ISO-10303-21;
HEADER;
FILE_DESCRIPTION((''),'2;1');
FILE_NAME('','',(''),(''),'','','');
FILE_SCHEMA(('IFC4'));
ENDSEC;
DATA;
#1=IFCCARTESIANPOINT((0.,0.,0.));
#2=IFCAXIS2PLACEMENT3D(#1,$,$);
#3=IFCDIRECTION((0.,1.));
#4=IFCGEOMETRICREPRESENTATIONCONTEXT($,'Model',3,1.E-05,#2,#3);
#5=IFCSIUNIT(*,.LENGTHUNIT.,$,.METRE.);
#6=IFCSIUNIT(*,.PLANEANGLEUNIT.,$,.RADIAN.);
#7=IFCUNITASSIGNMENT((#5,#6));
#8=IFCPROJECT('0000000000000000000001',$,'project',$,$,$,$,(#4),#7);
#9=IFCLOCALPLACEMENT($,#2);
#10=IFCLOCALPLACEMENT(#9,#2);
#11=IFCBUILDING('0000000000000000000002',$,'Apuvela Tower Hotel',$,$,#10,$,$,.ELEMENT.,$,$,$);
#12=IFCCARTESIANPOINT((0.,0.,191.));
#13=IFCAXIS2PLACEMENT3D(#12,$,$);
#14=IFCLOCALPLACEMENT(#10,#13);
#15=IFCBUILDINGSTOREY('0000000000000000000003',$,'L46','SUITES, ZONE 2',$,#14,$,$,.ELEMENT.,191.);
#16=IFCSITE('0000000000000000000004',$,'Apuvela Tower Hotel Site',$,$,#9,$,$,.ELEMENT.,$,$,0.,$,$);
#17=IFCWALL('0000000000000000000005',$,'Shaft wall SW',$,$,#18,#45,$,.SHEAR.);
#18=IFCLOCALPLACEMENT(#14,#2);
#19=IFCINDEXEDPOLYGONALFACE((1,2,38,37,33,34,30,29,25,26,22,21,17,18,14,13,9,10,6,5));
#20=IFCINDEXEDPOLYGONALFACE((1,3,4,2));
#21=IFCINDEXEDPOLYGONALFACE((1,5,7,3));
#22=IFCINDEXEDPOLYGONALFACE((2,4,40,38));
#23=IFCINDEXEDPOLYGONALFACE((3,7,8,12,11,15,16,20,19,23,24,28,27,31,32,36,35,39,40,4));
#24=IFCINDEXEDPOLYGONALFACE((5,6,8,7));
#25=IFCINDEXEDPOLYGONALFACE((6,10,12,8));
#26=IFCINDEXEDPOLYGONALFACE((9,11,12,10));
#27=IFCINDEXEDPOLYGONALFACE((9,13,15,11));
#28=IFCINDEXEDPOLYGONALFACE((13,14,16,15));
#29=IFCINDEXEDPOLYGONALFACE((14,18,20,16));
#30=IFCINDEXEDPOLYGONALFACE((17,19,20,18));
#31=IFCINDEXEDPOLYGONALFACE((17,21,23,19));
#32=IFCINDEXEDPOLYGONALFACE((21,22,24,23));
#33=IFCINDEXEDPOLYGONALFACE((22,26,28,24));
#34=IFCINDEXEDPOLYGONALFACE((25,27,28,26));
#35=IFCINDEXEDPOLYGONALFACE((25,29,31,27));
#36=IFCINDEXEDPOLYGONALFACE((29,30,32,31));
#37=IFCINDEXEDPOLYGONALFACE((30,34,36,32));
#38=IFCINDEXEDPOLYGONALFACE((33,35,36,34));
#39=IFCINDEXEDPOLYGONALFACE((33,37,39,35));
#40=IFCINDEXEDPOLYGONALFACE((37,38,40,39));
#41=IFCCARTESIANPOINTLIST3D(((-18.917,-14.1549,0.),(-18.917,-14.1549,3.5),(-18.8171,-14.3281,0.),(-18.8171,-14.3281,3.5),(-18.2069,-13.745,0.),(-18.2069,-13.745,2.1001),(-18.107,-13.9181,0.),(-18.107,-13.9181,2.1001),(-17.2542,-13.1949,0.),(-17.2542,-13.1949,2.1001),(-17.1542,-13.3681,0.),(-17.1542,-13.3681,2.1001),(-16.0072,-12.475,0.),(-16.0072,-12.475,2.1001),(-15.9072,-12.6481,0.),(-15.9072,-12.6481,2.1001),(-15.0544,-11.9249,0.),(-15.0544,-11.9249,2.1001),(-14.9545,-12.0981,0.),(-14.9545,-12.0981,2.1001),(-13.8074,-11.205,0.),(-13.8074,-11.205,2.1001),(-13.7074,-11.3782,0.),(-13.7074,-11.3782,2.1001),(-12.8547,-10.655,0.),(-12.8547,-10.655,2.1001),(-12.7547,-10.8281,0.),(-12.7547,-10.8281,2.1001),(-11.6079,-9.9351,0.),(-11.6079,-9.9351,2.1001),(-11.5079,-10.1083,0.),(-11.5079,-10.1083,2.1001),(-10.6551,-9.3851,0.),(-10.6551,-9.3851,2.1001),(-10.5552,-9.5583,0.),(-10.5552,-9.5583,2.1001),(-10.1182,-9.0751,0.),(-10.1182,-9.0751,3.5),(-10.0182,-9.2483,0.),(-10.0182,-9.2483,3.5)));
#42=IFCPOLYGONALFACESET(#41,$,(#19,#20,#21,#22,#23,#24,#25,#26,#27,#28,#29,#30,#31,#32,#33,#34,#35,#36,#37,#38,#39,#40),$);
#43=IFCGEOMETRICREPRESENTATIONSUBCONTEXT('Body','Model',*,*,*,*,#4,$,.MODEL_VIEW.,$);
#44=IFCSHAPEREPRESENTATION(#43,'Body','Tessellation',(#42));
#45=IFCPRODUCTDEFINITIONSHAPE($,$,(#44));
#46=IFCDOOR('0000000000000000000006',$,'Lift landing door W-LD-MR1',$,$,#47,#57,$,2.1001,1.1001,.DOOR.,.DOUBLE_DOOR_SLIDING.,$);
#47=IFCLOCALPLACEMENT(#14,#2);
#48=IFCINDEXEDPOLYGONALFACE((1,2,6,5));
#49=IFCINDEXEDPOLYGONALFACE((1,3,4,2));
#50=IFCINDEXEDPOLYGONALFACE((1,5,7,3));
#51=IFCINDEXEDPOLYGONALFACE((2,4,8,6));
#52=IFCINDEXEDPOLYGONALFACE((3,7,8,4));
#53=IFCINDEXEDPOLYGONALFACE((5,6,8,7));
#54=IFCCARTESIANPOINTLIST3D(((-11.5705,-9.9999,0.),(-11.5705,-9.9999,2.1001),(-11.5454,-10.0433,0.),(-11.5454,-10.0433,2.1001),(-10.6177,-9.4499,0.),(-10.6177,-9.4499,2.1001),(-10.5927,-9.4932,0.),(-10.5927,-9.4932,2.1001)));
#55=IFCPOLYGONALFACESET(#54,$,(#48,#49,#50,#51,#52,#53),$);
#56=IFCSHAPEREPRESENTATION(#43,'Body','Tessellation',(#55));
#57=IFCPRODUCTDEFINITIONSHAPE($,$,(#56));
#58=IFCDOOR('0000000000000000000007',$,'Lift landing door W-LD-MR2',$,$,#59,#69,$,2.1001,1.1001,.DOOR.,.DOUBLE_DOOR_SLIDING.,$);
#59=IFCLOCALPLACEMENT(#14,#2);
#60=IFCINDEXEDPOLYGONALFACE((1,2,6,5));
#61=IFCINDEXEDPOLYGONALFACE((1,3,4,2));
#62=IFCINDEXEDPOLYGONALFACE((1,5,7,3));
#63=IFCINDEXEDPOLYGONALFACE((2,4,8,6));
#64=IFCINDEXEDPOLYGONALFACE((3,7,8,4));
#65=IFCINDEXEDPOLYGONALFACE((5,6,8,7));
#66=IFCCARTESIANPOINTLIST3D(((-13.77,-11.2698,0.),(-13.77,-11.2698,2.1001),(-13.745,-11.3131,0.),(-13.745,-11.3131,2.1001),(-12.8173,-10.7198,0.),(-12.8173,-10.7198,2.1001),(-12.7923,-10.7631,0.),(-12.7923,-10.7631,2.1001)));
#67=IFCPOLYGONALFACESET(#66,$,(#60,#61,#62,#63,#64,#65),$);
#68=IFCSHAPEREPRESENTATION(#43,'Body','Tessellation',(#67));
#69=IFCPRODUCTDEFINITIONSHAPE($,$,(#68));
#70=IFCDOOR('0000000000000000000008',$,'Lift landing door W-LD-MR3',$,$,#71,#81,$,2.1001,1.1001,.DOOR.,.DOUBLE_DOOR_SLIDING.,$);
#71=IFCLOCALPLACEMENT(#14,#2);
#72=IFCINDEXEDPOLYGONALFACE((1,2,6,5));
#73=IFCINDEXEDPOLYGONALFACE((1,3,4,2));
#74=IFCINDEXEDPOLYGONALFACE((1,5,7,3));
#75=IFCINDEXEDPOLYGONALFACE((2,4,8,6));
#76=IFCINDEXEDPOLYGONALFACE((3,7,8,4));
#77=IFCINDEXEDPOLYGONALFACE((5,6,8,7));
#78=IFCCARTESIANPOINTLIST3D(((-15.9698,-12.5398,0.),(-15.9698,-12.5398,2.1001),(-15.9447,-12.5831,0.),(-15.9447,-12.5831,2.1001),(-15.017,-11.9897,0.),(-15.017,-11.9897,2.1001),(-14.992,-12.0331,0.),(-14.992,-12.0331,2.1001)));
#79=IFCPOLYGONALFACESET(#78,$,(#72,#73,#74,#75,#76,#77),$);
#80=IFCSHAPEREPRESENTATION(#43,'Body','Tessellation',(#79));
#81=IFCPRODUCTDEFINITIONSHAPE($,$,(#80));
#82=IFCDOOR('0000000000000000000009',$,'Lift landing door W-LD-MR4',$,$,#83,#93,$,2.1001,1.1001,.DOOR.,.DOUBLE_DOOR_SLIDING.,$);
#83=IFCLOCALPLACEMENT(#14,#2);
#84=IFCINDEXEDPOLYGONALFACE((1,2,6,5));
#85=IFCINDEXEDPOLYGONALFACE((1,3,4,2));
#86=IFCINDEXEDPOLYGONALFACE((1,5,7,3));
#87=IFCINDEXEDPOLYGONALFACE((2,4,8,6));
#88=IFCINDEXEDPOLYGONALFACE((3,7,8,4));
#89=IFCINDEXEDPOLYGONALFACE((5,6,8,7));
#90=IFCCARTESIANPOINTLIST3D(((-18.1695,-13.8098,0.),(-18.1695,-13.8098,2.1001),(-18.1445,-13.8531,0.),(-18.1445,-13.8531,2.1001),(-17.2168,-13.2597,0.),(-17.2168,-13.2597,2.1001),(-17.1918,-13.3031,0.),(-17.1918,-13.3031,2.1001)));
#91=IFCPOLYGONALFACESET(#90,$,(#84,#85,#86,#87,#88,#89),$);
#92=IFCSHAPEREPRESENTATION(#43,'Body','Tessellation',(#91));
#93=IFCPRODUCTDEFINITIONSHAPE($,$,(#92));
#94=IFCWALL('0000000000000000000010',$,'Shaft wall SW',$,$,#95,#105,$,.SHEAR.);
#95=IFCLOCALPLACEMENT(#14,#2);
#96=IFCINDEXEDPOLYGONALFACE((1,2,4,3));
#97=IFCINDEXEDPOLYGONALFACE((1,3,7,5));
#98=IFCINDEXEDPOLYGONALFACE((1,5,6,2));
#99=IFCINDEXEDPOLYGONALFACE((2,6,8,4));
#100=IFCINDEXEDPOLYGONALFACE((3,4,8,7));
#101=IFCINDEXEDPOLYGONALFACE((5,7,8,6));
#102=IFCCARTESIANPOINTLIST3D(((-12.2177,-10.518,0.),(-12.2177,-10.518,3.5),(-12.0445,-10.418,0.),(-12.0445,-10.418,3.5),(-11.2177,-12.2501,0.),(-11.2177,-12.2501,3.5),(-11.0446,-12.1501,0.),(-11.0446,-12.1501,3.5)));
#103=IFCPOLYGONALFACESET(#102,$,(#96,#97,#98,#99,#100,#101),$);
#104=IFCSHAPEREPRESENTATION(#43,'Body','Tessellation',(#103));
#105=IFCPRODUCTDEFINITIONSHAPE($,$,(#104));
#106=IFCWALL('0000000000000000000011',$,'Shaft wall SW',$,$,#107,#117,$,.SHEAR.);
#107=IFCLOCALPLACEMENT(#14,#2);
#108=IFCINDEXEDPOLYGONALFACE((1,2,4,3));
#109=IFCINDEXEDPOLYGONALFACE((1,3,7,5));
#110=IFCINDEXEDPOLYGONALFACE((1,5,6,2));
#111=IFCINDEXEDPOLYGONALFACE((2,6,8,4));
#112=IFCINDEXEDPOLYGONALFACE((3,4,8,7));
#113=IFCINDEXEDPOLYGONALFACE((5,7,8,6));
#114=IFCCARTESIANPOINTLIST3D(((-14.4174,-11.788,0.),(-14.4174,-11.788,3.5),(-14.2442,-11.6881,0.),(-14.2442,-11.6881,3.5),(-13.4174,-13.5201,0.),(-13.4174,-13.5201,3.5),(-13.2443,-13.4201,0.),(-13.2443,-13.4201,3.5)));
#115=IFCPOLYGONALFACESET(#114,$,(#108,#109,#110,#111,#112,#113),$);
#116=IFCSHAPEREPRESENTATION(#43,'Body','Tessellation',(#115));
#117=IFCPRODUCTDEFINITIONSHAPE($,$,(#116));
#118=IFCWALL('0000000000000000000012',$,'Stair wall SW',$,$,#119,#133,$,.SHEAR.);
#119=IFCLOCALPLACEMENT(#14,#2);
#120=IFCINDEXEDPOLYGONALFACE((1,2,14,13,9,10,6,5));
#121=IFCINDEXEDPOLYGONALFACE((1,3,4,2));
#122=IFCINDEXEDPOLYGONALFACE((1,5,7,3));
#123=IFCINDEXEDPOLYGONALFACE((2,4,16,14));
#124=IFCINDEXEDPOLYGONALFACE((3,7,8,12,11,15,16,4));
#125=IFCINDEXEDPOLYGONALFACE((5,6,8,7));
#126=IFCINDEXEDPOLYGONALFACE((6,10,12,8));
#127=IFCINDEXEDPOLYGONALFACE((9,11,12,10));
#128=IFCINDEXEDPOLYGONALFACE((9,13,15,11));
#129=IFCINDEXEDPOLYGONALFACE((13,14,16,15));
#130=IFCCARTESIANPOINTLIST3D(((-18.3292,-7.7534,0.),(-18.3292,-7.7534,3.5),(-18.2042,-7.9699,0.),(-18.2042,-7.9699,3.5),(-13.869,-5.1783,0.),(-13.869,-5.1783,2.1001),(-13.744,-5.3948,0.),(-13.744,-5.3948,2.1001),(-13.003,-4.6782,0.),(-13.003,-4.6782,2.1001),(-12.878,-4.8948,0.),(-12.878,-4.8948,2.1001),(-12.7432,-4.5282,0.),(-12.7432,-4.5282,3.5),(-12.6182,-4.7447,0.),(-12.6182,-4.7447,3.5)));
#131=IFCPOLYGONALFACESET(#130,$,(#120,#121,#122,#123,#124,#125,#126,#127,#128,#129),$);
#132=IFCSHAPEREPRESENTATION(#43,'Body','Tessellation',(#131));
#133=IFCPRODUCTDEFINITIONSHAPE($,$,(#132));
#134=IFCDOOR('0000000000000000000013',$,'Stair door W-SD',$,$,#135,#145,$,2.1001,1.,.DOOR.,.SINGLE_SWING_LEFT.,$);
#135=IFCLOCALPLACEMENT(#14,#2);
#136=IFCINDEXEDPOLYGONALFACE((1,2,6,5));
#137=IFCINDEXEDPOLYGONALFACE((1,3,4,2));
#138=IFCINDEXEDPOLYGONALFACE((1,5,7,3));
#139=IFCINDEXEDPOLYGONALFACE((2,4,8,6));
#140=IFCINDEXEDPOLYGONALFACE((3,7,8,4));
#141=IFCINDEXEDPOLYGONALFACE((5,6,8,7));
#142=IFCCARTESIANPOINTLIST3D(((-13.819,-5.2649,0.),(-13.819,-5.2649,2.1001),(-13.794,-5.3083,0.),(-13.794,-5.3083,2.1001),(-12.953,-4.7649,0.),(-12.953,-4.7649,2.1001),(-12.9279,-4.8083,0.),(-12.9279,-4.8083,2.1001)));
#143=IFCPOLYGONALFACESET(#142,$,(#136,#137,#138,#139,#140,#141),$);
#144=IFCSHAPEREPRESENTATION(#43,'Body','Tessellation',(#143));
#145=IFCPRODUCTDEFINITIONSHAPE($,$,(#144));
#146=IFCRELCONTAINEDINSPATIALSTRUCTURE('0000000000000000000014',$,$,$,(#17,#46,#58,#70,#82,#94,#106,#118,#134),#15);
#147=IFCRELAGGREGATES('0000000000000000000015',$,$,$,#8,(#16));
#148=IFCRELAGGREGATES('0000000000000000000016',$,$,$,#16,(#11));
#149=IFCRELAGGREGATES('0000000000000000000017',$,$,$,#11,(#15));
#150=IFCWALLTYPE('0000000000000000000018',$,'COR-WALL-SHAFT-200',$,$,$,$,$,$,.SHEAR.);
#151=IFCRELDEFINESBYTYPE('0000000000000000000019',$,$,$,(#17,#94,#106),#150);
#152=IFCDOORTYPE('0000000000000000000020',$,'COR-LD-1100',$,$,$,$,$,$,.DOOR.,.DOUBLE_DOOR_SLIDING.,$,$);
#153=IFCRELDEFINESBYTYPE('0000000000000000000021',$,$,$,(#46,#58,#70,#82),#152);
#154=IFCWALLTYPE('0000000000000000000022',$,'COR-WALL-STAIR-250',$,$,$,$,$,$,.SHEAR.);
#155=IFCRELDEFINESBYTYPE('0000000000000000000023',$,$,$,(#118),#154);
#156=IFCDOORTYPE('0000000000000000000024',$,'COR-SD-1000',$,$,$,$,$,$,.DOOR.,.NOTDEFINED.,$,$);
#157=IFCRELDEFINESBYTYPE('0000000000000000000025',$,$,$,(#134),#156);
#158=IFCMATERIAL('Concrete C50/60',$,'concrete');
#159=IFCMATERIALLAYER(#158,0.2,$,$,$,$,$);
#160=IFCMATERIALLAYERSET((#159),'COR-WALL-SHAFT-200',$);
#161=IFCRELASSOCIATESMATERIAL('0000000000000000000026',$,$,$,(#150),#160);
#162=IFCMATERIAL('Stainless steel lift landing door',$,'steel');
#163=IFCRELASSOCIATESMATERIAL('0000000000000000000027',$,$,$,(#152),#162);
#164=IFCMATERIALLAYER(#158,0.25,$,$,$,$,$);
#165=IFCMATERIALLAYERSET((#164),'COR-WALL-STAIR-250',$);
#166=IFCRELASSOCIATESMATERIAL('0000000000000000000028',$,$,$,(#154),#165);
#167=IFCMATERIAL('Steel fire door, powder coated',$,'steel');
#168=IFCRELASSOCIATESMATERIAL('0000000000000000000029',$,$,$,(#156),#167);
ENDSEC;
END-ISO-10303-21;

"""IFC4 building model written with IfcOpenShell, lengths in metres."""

from ifc_helpers import new_model, si_unit, direction, frame, frame_2d, origin, place, context, subcontext, project, spatial, rectangle, extrude, material, layer, layer_set, type_object, element, fill, save


model = new_model("IFC4")

# Units and contexts
model_context = context("Model", 3, precision=1e-05, world=origin(), true_north=direction((0.0, 1.0)))
body_context = subcontext(model_context, "Body", "Model", "MODEL_VIEW")
ifc_project = project(units=[si_unit("LENGTHUNIT", "METRE"), si_unit("PLANEANGLEUNIT", "RADIAN")], contexts=[model_context])

# Site, building, storey
site_placement = place(None, origin())
site = spatial("IfcSite", under=ifc_project, at=site_placement, Name="Apuvela Tower Hotel Site", CompositionType="ELEMENT", RefElevation=0.0)
building_placement = place(site_placement, origin())
building = spatial("IfcBuilding", under=site, at=building_placement, Name="Apuvela Tower Hotel", CompositionType="ELEMENT")
storey_placement = place(building_placement, frame((0.0, 0.0, 191.0)))
storey = spatial("IfcBuildingStorey", under=building, at=storey_placement, Name="L46", Description="SUITES, ZONE 2", CompositionType="ELEMENT", Elevation=191.0)

# Shared definitions
ifc_material_1 = material(Name="Concrete C50/60", Category="concrete")

# Shared definitions
ifc_layer_1 = layer(ifc_material_1, 0.2)
ifc_layer_set_1 = layer_set([ifc_layer_1], Name="COR-WALL-SHAFT-200")
wall_type_1 = type_object("IfcWallType", Name="COR-WALL-SHAFT-200", PredefinedType="SHEAR", material=ifc_layer_set_1)
ifc_material_2 = material(Name="Stainless steel lift landing door", Category="steel")

# Wall, openings, doors
wall_1_placement = place(storey_placement, frame((-10.0681, -9.1616, 0.0), z_axis=(0.0, 0.0, 1.0), x_axis=(-0.866033, -0.499987, 0.0)))
wall_1 = element("IfcWall", 1, at=wall_1_placement, inside=storey, type_object=wall_type_1, Name="Shaft wall SW", PredefinedType="SHEAR", context=body_context, shape_type="SweptSolid", body=[
    extrude(rectangle(XDim=10.1599, YDim=0.2, at=frame_2d((5.0801, 0.0))), origin(), (0.0, 0.0, 1.0), 3.5),
])
opening_1_placement = place(wall_1_placement, frame((0.6201, 0.0, 0.0)))
opening_1 = element("IfcOpeningElement", 2, at=opening_1_placement, cuts=wall_1, PredefinedType="OPENING", context=body_context, shape_type="SweptSolid", body=[
    extrude(rectangle(XDim=1.1001, YDim=2.1001, at=frame_2d((0.55, 1.05))), frame((0.0, 0.1099, 0.0), z_axis=(0.0, -1.0, 0.0), x_axis=(1.0, 0.0, 0.0)), (0.0, 0.0, 1.0), 0.22),
])
opening_2_placement = place(wall_1_placement, frame((3.1599, 0.0, 0.0)))
opening_2 = element("IfcOpeningElement", 3, at=opening_2_placement, cuts=wall_1, PredefinedType="OPENING", context=body_context, shape_type="SweptSolid", body=[
    extrude(rectangle(XDim=1.1001, YDim=2.1001, at=frame_2d((0.55, 1.05))), frame((0.0, 0.1099, 0.0), z_axis=(0.0, -1.0, 0.0), x_axis=(1.0, 0.0, 0.0)), (0.0, 0.0, 1.0), 0.22),
])
opening_3_placement = place(wall_1_placement, frame((5.7, 0.0, 0.0)))
opening_3 = element("IfcOpeningElement", 4, at=opening_3_placement, cuts=wall_1, PredefinedType="OPENING", context=body_context, shape_type="SweptSolid", body=[
    extrude(rectangle(XDim=1.1001, YDim=2.1001, at=frame_2d((0.55, 1.05))), frame((0.0, 0.1099, 0.0), z_axis=(0.0, -1.0, 0.0), x_axis=(1.0, 0.0, 0.0)), (0.0, 0.0, 1.0), 0.22),
])
opening_4_placement = place(wall_1_placement, frame((8.24, 0.0, 0.0)))
opening_4 = element("IfcOpeningElement", 5, at=opening_4_placement, cuts=wall_1, PredefinedType="OPENING", context=body_context, shape_type="SweptSolid", body=[
    extrude(rectangle(XDim=1.1001, YDim=2.1001, at=frame_2d((0.55, 1.05))), frame((0.0, 0.1099, 0.0), z_axis=(0.0, -1.0, 0.0), x_axis=(1.0, 0.0, 0.0)), (0.0, 0.0, 1.0), 0.22),
])
door_type_1 = type_object("IfcDoorType", Name="COR-LD-1100", OperationType="DOUBLE_DOOR_SLIDING", PredefinedType="DOOR", material=ifc_material_2)
door_1_placement = place(opening_1_placement, origin())
door_1 = element("IfcDoor", 6, at=door_1_placement, inside=storey, type_object=door_type_1, Name="Lift landing door W-LD-MR1", OperationType="DOUBLE_DOOR_SLIDING", OverallHeight=2.1001, OverallWidth=1.1001, PredefinedType="DOOR", context=body_context, shape_type="SweptSolid", body=[
    extrude(rectangle(XDim=1.1001, YDim=2.1001, at=frame_2d((0.55, 1.05))), frame((0.0, 0.0249, 0.0), z_axis=(0.0, -1.0, 0.0), x_axis=(1.0, 0.0, 0.0)), (0.0, 0.0, 1.0), 0.05),
])
fill(opening_1, door_1)
door_2_placement = place(opening_2_placement, origin())
door_2 = element("IfcDoor", 7, at=door_2_placement, inside=storey, type_object=door_type_1, Name="Lift landing door W-LD-MR2", OperationType="DOUBLE_DOOR_SLIDING", OverallHeight=2.1001, OverallWidth=1.1001, PredefinedType="DOOR", context=body_context, shape_type="SweptSolid", body=[
    extrude(rectangle(XDim=1.1001, YDim=2.1001, at=frame_2d((0.55, 1.05))), frame((0.0, 0.0249, 0.0), z_axis=(0.0, -1.0, 0.0), x_axis=(1.0, 0.0, 0.0)), (0.0, 0.0, 1.0), 0.05),
])
fill(opening_2, door_2)
door_3_placement = place(opening_3_placement, origin())
door_3 = element("IfcDoor", 8, at=door_3_placement, inside=storey, type_object=door_type_1, Name="Lift landing door W-LD-MR3", OperationType="DOUBLE_DOOR_SLIDING", OverallHeight=2.1001, OverallWidth=1.1001, PredefinedType="DOOR", context=body_context, shape_type="SweptSolid", body=[
    extrude(rectangle(XDim=1.1001, YDim=2.1001, at=frame_2d((0.55, 1.05))), frame((0.0, 0.0249, 0.0), z_axis=(0.0, -1.0, 0.0), x_axis=(1.0, 0.0, 0.0)), (0.0, 0.0, 1.0), 0.05),
])
fill(opening_3, door_3)
door_4_placement = place(opening_4_placement, origin())
door_4 = element("IfcDoor", 9, at=door_4_placement, inside=storey, type_object=door_type_1, Name="Lift landing door W-LD-MR4", OperationType="DOUBLE_DOOR_SLIDING", OverallHeight=2.1001, OverallWidth=1.1001, PredefinedType="DOOR", context=body_context, shape_type="SweptSolid", body=[
    extrude(rectangle(XDim=1.1001, YDim=2.1001, at=frame_2d((0.55, 1.05))), frame((0.0, 0.0249, 0.0), z_axis=(0.0, -1.0, 0.0), x_axis=(1.0, 0.0, 0.0)), (0.0, 0.0, 1.0), 0.05),
])
fill(opening_4, door_4)

# Walls
for number, where, z_axis, x_axis, name in (
    (10, (-12.1311, -10.468, 0.0), (0.0, 0.0, 1.0), (0.499973, -0.866041, 0.0), "Shaft wall SW"),
    (11, (-14.3308, -11.738, 0.0), (0.0, 0.0, 1.0), (0.499973, -0.866041, 0.0), "Shaft wall SW"),
):
    element("IfcWall", number, at=place(storey_placement, frame(where, z_axis=z_axis, x_axis=x_axis)), inside=storey, type_object=wall_type_1, Name=name, PredefinedType="SHEAR", context=body_context, shape_type="SweptSolid", body=[
        extrude(rectangle(XDim=2.0, YDim=0.2, at=frame_2d((1.0, 0.0))), origin(), (0.0, 0.0, 1.0), 3.5),
    ])

# Wall, opening, door
ifc_layer_2 = layer(ifc_material_1, 0.25)
ifc_layer_set_2 = layer_set([ifc_layer_2], Name="COR-WALL-STAIR-250")
wall_type_2 = type_object("IfcWallType", Name="COR-WALL-STAIR-250", PredefinedType="SHEAR", material=ifc_layer_set_2)
wall_2_placement = place(storey_placement, frame((-12.6807, -4.6365, 0.0), z_axis=(0.0, 0.0, 1.0), x_axis=(-0.866022, -0.500006, 0.0)))
wall_2 = element("IfcWall", 12, at=wall_2_placement, inside=storey, type_object=wall_type_2, Name="Stair wall SW", PredefinedType="SHEAR", context=body_context, shape_type="SweptSolid", body=[
    extrude(rectangle(XDim=6.4502, YDim=0.25, at=frame_2d((3.2251, 0.0))), origin(), (0.0, 0.0, 1.0), 3.5),
])
opening_5_placement = place(wall_2_placement, frame((0.3, 0.0, 0.0)))
opening_5 = element("IfcOpeningElement", 13, at=opening_5_placement, cuts=wall_2, PredefinedType="OPENING", context=body_context, shape_type="SweptSolid", body=[
    extrude(rectangle(XDim=1.0, YDim=2.1001, at=frame_2d((0.5, 1.05))), frame((0.0, 0.135, 0.0), z_axis=(0.0, -1.0, 0.0), x_axis=(1.0, 0.0, 0.0)), (0.0, 0.0, 1.0), 0.27),
])
ifc_material_3 = material(Name="Steel fire door, powder coated", Category="steel")
door_type_2 = type_object("IfcDoorType", Name="COR-SD-1000", OperationType="NOTDEFINED", PredefinedType="DOOR", material=ifc_material_3)
door_5_placement = place(opening_5_placement, frame((1.0, 0.0, 0.0), z_axis=(0.0, 0.0, 1.0), x_axis=(-1.0, 0.0, 0.0)))
door_5 = element("IfcDoor", 14, at=door_5_placement, inside=storey, type_object=door_type_2, Name="Stair door W-SD", OperationType="SINGLE_SWING_LEFT", OverallHeight=2.1001, OverallWidth=1.0, PredefinedType="DOOR", context=body_context, shape_type="SweptSolid", body=[
    extrude(rectangle(XDim=1.0, YDim=2.1001, at=frame_2d((0.5, 1.05))), frame((0.0, 0.0249, 0.0), z_axis=(0.0, -1.0, 0.0), x_axis=(1.0, 0.0, 0.0)), (0.0, 0.0, 1.0), 0.05),
])
fill(opening_5, door_5)

save(model, "model.ifc")
